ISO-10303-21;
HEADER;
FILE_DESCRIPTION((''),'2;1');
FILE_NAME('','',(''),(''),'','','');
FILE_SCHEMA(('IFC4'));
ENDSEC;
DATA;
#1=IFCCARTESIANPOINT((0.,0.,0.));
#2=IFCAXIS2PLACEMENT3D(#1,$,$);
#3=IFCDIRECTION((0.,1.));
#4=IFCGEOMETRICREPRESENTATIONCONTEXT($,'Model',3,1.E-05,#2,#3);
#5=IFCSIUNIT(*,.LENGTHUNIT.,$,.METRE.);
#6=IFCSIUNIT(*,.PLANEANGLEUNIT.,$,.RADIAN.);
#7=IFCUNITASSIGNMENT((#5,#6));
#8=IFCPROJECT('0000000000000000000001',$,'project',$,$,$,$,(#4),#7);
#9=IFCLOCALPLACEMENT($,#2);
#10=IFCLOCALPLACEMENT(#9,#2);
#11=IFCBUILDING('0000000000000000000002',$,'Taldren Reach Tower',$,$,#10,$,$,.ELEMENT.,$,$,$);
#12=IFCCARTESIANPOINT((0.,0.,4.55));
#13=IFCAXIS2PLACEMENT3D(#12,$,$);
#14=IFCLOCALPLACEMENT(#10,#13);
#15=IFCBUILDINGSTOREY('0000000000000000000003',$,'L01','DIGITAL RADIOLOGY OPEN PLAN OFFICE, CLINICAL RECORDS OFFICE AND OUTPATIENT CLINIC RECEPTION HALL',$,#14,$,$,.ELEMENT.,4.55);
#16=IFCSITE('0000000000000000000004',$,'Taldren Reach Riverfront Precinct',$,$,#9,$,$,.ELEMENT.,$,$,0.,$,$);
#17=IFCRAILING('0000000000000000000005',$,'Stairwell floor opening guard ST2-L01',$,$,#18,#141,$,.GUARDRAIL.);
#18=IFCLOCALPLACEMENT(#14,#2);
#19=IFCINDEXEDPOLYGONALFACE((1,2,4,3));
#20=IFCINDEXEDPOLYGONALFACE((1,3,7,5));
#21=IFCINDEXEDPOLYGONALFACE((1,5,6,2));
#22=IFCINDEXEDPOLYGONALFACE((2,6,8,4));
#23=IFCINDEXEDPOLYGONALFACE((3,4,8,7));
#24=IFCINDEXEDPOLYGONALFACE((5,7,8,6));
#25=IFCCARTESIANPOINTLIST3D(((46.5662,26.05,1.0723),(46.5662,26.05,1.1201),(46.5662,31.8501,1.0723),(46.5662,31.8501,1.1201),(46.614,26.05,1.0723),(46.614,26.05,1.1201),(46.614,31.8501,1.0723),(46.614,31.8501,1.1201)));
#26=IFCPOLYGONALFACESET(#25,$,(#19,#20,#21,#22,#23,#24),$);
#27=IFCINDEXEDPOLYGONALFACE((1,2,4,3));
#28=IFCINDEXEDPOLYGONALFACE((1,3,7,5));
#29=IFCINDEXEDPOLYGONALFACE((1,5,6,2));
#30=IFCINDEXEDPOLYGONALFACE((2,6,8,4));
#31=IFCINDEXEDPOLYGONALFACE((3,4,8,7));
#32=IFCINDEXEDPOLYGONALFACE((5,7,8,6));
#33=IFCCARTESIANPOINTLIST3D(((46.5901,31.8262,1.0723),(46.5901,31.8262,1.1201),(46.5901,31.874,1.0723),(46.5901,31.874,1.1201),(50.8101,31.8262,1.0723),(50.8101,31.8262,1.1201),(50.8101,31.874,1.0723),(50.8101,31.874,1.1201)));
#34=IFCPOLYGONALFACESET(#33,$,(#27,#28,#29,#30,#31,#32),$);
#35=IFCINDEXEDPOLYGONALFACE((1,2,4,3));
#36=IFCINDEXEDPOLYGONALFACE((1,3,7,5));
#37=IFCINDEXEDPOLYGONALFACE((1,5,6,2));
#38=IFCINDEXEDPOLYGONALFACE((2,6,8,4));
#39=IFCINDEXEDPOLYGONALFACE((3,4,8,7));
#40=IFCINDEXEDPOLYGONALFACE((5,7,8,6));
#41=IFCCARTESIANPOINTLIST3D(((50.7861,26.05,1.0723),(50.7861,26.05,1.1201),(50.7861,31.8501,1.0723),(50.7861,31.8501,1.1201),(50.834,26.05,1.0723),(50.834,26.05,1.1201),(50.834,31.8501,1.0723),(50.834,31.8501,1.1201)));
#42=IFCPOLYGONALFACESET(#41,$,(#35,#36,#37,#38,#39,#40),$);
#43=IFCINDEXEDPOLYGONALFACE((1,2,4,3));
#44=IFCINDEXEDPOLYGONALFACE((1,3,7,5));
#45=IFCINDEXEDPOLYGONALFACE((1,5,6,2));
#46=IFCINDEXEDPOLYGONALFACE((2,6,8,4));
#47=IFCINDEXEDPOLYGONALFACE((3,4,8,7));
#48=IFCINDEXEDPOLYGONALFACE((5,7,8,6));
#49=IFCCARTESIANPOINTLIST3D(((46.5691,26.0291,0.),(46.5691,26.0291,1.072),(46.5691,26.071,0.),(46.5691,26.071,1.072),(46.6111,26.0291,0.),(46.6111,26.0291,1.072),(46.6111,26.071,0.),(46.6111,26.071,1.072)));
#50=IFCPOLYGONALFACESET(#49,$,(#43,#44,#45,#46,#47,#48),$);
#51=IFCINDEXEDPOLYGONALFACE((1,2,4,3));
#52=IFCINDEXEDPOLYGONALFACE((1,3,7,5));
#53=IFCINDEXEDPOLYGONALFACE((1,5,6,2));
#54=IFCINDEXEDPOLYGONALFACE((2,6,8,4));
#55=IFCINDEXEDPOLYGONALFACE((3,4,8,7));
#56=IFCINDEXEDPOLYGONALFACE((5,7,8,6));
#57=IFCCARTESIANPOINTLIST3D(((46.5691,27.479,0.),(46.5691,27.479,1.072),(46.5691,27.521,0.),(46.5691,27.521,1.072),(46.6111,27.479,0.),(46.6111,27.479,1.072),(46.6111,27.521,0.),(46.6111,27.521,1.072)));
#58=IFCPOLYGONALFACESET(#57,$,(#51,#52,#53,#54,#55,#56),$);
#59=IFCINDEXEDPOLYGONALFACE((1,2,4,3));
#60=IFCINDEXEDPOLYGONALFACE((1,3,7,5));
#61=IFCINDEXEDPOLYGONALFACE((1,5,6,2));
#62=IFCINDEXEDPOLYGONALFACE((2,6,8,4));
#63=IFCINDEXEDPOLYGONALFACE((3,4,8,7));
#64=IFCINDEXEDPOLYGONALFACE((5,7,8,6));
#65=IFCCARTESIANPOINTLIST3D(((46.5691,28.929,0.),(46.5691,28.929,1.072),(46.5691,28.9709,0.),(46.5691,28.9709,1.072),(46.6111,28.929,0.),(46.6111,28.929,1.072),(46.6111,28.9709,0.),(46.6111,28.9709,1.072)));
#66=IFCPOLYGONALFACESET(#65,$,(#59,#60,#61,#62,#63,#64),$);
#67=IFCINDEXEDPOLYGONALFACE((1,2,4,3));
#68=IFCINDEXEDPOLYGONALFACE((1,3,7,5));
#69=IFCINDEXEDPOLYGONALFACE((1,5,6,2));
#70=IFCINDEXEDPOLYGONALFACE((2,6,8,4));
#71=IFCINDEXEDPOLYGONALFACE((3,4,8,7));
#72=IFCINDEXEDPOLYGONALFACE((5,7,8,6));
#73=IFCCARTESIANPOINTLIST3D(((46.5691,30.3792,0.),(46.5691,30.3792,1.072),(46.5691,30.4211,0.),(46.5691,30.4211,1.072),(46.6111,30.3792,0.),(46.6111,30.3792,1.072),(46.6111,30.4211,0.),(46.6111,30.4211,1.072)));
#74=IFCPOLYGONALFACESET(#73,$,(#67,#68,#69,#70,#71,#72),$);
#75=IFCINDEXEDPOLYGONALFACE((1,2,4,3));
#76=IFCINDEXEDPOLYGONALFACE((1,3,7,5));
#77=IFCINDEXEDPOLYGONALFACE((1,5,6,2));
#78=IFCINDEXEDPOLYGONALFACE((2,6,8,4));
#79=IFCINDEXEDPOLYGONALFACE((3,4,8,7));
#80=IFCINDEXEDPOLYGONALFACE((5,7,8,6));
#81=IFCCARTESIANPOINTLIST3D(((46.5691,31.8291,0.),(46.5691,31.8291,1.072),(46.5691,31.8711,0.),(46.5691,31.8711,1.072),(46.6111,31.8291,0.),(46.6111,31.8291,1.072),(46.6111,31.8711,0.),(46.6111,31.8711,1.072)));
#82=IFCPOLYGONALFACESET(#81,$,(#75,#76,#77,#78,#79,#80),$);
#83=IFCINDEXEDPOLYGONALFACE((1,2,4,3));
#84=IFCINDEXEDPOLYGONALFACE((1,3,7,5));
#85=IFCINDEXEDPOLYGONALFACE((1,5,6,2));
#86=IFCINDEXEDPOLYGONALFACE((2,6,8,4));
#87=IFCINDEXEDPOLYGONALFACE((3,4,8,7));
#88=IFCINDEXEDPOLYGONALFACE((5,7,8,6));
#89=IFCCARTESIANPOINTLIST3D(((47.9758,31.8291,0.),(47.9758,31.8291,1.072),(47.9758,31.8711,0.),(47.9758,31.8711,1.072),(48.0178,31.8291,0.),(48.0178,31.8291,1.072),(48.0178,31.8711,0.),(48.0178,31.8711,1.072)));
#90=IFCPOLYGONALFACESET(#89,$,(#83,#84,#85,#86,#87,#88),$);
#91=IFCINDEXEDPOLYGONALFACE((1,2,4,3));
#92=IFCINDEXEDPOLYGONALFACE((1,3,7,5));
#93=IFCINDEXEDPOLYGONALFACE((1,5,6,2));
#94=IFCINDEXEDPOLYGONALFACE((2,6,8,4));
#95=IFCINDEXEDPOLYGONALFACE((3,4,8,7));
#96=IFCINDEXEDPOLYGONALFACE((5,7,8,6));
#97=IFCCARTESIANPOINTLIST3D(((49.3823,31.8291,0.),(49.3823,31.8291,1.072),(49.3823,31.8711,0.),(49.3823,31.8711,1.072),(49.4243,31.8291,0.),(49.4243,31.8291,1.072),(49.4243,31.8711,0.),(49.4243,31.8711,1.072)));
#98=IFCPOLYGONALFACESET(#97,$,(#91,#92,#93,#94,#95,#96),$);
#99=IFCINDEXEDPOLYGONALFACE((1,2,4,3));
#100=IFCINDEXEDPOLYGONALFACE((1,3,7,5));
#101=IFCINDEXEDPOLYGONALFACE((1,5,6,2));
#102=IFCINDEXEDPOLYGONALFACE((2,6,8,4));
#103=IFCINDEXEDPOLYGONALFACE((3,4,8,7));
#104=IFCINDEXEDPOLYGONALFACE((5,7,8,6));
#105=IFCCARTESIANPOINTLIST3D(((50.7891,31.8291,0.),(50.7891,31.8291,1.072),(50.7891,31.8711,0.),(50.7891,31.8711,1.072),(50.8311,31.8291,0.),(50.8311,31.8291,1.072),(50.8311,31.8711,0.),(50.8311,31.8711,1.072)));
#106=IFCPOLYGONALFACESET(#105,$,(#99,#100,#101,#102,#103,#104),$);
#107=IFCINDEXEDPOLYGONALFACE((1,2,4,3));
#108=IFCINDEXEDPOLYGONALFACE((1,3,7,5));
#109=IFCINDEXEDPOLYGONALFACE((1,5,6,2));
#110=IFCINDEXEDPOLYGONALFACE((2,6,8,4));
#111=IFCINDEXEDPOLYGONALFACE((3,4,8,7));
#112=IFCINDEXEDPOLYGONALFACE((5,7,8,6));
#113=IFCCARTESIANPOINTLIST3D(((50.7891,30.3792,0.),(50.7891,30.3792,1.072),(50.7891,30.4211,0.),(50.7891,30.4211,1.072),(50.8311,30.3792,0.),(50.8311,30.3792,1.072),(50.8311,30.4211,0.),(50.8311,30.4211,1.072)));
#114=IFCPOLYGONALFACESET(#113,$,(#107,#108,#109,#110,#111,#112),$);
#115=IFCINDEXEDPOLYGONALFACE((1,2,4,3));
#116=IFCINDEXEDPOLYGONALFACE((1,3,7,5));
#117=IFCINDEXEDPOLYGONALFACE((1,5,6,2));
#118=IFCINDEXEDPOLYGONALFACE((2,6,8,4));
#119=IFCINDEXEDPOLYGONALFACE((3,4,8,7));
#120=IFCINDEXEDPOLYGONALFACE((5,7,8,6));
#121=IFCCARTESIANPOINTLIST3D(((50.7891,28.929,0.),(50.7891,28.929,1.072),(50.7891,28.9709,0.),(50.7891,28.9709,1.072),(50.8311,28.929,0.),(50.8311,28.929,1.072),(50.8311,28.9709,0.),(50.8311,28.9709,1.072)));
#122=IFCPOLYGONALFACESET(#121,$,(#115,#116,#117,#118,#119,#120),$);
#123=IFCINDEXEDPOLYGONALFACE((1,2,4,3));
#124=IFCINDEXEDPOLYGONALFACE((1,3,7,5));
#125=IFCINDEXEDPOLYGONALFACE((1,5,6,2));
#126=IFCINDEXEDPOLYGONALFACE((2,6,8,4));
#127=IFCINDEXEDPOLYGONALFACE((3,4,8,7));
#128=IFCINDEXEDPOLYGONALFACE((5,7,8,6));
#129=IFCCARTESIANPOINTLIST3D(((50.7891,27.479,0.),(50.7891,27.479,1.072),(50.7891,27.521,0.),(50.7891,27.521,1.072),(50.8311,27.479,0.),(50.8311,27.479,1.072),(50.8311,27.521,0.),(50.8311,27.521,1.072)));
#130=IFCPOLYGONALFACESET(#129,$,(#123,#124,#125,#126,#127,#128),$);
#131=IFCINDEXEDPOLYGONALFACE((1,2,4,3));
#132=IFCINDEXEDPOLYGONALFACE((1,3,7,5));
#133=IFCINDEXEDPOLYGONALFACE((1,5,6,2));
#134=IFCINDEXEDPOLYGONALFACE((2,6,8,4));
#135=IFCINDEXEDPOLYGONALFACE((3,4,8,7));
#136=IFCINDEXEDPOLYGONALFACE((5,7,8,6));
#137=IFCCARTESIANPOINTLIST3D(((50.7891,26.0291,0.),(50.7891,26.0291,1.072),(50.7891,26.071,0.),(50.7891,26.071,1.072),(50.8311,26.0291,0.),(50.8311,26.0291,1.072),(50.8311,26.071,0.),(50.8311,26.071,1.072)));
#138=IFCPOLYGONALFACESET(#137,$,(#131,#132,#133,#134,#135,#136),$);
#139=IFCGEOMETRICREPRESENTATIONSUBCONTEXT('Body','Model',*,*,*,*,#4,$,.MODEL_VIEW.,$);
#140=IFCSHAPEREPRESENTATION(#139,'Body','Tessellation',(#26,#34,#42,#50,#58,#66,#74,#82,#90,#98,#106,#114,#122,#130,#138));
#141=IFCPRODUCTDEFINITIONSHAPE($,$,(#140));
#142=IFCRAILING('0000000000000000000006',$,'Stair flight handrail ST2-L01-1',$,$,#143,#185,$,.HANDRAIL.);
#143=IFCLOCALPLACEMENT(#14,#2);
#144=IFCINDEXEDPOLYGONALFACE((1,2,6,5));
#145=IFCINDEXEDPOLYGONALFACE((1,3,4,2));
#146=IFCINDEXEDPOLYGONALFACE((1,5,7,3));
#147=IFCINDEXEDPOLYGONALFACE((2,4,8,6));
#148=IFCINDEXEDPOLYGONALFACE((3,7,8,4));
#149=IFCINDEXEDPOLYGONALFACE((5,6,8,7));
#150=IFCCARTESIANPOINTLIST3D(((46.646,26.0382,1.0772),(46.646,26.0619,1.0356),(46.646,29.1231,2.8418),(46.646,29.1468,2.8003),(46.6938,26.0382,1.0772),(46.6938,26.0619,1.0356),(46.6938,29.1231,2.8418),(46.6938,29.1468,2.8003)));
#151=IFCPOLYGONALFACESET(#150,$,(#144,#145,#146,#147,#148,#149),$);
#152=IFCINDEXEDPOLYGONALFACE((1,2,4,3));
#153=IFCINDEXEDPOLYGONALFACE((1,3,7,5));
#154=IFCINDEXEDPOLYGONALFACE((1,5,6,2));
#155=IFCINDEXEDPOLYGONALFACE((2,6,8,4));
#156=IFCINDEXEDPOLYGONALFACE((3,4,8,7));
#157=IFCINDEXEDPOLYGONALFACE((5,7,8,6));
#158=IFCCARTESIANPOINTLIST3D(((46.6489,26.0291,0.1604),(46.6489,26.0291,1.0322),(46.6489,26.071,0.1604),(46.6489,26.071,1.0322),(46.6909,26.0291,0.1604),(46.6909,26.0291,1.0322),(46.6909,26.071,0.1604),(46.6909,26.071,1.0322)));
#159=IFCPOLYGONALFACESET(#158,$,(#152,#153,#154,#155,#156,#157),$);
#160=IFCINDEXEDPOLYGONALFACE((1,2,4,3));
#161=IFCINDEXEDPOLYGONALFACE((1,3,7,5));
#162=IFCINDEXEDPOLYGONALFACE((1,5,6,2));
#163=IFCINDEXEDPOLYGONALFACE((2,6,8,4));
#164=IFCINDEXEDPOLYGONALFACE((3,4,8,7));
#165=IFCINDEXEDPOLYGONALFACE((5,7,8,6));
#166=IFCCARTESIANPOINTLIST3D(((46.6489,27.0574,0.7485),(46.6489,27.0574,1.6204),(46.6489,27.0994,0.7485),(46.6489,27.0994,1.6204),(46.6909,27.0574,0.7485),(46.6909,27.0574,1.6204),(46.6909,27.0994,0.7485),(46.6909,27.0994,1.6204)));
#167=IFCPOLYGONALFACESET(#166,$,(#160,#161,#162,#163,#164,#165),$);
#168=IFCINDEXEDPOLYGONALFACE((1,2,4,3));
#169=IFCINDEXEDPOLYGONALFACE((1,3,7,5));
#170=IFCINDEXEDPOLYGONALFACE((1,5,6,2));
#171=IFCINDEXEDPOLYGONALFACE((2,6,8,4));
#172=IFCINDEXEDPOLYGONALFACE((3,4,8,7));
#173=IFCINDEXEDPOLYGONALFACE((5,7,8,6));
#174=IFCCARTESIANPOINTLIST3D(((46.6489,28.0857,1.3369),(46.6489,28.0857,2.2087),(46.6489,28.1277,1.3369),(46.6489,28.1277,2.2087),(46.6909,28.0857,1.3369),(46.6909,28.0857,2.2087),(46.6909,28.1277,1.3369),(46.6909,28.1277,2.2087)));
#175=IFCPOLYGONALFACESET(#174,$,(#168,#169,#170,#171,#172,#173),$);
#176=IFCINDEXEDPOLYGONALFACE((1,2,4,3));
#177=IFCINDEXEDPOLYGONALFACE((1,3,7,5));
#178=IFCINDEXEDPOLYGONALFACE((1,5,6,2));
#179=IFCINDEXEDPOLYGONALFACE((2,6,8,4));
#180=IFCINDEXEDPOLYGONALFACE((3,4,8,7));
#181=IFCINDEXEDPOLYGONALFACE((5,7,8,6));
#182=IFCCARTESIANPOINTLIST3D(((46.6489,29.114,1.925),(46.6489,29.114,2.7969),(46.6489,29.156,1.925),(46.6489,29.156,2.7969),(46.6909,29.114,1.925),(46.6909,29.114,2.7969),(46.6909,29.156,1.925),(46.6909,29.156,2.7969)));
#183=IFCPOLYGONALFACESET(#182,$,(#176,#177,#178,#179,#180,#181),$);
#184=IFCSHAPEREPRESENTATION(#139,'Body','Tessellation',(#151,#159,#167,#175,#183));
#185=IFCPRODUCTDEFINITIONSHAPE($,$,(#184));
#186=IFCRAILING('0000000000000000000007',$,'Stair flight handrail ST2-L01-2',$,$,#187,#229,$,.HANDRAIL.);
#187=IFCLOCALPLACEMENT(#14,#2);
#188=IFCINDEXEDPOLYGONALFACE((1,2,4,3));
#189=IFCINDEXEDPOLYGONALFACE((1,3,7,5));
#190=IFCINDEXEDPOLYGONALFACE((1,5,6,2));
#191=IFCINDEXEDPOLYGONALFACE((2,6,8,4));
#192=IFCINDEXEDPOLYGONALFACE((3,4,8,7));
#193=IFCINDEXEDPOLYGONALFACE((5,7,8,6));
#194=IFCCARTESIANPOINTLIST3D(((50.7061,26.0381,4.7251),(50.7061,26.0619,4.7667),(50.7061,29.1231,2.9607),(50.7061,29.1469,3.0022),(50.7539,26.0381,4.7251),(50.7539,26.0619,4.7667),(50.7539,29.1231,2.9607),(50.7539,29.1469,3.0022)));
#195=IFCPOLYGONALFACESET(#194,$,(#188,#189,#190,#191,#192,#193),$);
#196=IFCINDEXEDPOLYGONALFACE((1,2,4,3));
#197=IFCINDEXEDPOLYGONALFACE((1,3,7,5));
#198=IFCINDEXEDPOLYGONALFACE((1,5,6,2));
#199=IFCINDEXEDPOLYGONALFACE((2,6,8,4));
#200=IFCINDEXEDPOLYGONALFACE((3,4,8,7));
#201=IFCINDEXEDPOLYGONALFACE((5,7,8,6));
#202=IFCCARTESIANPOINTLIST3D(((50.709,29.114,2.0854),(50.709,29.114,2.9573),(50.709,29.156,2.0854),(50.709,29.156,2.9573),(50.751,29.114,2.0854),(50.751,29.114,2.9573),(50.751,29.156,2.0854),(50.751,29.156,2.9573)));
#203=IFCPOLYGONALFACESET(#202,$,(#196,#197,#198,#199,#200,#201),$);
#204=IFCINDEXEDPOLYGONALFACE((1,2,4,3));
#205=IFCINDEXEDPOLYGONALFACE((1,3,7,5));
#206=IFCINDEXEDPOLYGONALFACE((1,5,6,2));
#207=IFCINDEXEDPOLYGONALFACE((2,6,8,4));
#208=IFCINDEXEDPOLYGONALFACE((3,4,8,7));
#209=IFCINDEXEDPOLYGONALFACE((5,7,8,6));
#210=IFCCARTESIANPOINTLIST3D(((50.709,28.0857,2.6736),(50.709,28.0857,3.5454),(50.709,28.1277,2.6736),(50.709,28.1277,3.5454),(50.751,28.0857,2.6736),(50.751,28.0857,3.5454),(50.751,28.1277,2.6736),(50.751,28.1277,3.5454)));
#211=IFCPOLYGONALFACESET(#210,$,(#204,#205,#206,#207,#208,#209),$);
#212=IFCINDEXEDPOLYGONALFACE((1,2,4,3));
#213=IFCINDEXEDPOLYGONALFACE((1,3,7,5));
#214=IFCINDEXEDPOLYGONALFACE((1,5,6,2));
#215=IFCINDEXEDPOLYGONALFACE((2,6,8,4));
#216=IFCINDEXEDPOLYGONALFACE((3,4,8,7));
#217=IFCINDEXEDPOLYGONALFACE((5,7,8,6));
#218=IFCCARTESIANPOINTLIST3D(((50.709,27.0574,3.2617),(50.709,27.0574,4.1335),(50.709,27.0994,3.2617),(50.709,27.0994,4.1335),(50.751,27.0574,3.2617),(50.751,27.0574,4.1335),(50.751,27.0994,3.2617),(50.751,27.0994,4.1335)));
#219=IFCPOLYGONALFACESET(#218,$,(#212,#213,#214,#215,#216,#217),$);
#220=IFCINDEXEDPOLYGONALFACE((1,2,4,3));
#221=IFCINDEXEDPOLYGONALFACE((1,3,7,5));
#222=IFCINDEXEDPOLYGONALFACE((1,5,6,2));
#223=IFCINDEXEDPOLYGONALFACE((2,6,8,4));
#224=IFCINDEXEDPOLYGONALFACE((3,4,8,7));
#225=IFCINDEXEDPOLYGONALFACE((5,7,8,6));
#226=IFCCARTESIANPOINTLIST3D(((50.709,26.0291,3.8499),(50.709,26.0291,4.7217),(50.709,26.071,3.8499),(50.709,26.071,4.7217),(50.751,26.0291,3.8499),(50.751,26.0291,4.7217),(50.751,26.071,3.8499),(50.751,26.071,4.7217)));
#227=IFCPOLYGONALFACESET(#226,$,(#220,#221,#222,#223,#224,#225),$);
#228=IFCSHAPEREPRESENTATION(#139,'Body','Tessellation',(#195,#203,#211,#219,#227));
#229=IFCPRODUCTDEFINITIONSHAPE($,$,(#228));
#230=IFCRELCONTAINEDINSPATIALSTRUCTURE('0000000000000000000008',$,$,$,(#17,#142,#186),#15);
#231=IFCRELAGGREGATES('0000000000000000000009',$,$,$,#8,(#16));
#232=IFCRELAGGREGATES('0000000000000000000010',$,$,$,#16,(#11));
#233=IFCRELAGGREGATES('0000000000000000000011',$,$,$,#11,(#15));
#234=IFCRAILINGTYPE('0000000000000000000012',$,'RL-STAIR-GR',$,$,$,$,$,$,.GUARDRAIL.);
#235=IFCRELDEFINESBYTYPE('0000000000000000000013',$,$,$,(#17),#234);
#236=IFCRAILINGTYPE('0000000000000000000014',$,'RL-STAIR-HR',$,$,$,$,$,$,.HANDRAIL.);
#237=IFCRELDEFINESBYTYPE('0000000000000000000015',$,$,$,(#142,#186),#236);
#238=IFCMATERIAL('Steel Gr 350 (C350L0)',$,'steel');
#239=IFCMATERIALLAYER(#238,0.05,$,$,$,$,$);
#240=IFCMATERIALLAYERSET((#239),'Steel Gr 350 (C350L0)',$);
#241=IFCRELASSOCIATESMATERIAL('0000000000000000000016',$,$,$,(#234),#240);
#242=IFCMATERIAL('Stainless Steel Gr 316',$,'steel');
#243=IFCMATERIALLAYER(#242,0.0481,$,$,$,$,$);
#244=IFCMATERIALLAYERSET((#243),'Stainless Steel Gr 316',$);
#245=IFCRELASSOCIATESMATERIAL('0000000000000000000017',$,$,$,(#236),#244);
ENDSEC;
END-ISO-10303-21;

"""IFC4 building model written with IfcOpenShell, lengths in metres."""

from ifc_helpers import new_model, si_unit, direction, frame, origin, origin_2d, place, context, subcontext, project, spatial, rectangle, extrude, material, layer, layer_set, type_object, element, save


model = new_model("IFC4")

# Units and contexts
model_context = context("Model", 3, precision=1e-05, world=origin(), true_north=direction((0.0, 1.0)))
body_context = subcontext(model_context, "Body", "Model", "MODEL_VIEW")
ifc_project = project(units=[si_unit("LENGTHUNIT", "METRE"), si_unit("PLANEANGLEUNIT", "RADIAN")], contexts=[model_context])

# Site, building, storey
site_placement = place(None, origin())
site = spatial("IfcSite", under=ifc_project, at=site_placement, Name="Taldren Reach Riverfront Precinct", CompositionType="ELEMENT", RefElevation=0.0)
building_placement = place(site_placement, origin())
building = spatial("IfcBuilding", under=site, at=building_placement, Name="Taldren Reach Tower", CompositionType="ELEMENT")
storey_placement = place(building_placement, frame((0.0, 0.0, 4.55)))
storey = spatial("IfcBuildingStorey", under=building, at=storey_placement, Name="L01", Description="DIGITAL RADIOLOGY OPEN PLAN OFFICE, CLINICAL RECORDS OFFICE AND OUTPATIENT CLINIC RECEPTION HALL", CompositionType="ELEMENT", Elevation=4.55)

# Shared definitions
ifc_material_1 = material(Name="Steel Gr 350 (C350L0)", Category="steel")

# Railings
ifc_layer_1 = layer(ifc_material_1, 0.05)
ifc_layer_set_1 = layer_set([ifc_layer_1], Name="Steel Gr 350 (C350L0)")
railing_type_1 = type_object("IfcRailingType", Name="RL-STAIR-GR", PredefinedType="GUARDRAIL", material=ifc_layer_set_1)
railing_1_placement = place(storey_placement, frame((46.5901, 26.05, 0.0)))
element("IfcRailing", 1, at=railing_1_placement, inside=storey, type_object=railing_type_1, Name="Stairwell floor opening guard ST2-L01", PredefinedType="GUARDRAIL", context=body_context, shape_type="SweptSolid", body=[
    extrude(rectangle(XDim=0.0479, YDim=0.0479, at=origin_2d()), frame((0.0, 0.0, 1.0962), z_axis=(0.0, 1.0, 0.0), x_axis=(-1.0, 0.0, 0.0)), (0.0, 0.0, 1.0), 5.8),
    extrude(rectangle(XDim=0.0479, YDim=0.0479, at=origin_2d()), frame((0.0, 5.8, 1.0962), z_axis=(1.0, 0.0, 0.0), x_axis=(0.0, 1.0, 0.0)), (0.0, 0.0, 1.0), 4.22),
    extrude(rectangle(XDim=0.0479, YDim=0.0479, at=origin_2d()), frame((4.22, 5.8, 1.0962), z_axis=(0.0, -1.0, 0.0), x_axis=(1.0, 0.0, 0.0)), (0.0, 0.0, 1.0), 5.8),
    extrude(rectangle(XDim=0.042, YDim=0.042, at=origin_2d()), origin(), (0.0, 0.0, 1.0), 1.072),
    extrude(rectangle(XDim=0.042, YDim=0.042, at=origin_2d()), frame((0.0, 1.45, 0.0)), (0.0, 0.0, 1.0), 1.072),
    extrude(rectangle(XDim=0.042, YDim=0.042, at=origin_2d()), frame((0.0, 2.8999, 0.0)), (0.0, 0.0, 1.0), 1.072),
    extrude(rectangle(XDim=0.042, YDim=0.042, at=origin_2d()), frame((0.0, 4.3501, 0.0)), (0.0, 0.0, 1.0), 1.072),
    extrude(rectangle(XDim=0.042, YDim=0.042, at=origin_2d()), frame((0.0, 5.8, 0.0)), (0.0, 0.0, 1.0), 1.072),
    extrude(rectangle(XDim=0.042, YDim=0.042, at=origin_2d()), frame((1.4067, 5.8, 0.0)), (0.0, 0.0, 1.0), 1.072),
    extrude(rectangle(XDim=0.042, YDim=0.042, at=origin_2d()), frame((2.8132, 5.8, 0.0)), (0.0, 0.0, 1.0), 1.072),
    extrude(rectangle(XDim=0.042, YDim=0.042, at=origin_2d()), frame((4.22, 5.8, 0.0)), (0.0, 0.0, 1.0), 1.072),
    extrude(rectangle(XDim=0.042, YDim=0.042, at=origin_2d()), frame((4.22, 4.3501, 0.0)), (0.0, 0.0, 1.0), 1.072),
    extrude(rectangle(XDim=0.042, YDim=0.042, at=origin_2d()), frame((4.22, 2.8999, 0.0)), (0.0, 0.0, 1.0), 1.072),
    extrude(rectangle(XDim=0.042, YDim=0.042, at=origin_2d()), frame((4.22, 1.45, 0.0)), (0.0, 0.0, 1.0), 1.072),
    extrude(rectangle(XDim=0.042, YDim=0.042, at=origin_2d()), frame((4.22, 0.0, 0.0)), (0.0, 0.0, 1.0), 1.072),
])
ifc_material_2 = material(Name="Stainless Steel Gr 316", Category="steel")
ifc_layer_2 = layer(ifc_material_2, 0.0481)
ifc_layer_set_2 = layer_set([ifc_layer_2], Name="Stainless Steel Gr 316")
railing_type_2 = type_object("IfcRailingType", Name="RL-STAIR-HR", PredefinedType="HANDRAIL", material=ifc_layer_set_2)
railing_2_placement = place(storey_placement, frame((46.6699, 26.05, 0.1604)))
element("IfcRailing", 2, at=railing_2_placement, inside=storey, type_object=railing_type_2, Name="Stair flight handrail ST2-L01-1", PredefinedType="HANDRAIL", context=body_context, shape_type="SweptSolid", body=[
    extrude(rectangle(XDim=0.0479, YDim=0.0479, at=origin_2d()), frame((0.0, 0.0, 0.896), z_axis=(0.0, 0.868023, 0.496524), x_axis=(-1.0, 0.0, 0.0)), (0.0, 0.0, 1.0), 3.554),
    extrude(rectangle(XDim=0.042, YDim=0.042, at=origin_2d()), origin(), (0.0, 0.0, 1.0), 0.8718),
    extrude(rectangle(XDim=0.042, YDim=0.042, at=origin_2d()), frame((0.0, 1.0283, 0.5881)), (0.0, 0.0, 1.0), 0.8718),
    extrude(rectangle(XDim=0.042, YDim=0.042, at=origin_2d()), frame((0.0, 2.0566, 1.1765)), (0.0, 0.0, 1.0), 0.8718),
    extrude(rectangle(XDim=0.042, YDim=0.042, at=origin_2d()), frame((0.0, 3.085, 1.7646)), (0.0, 0.0, 1.0), 0.8718),
])
railing_3_placement = place(storey_placement, frame((50.73, 29.135, 2.0854)))
element("IfcRailing", 3, at=railing_3_placement, inside=storey, type_object=railing_type_2, Name="Stair flight handrail ST2-L01-2", PredefinedType="HANDRAIL", context=body_context, shape_type="SweptSolid", body=[
    extrude(rectangle(XDim=0.0479, YDim=0.0479, at=origin_2d()), frame((0.0, 0.0, 0.896), z_axis=(0.0, -0.868053, 0.496472), x_axis=(1.0, 0.0, 0.0)), (0.0, 0.0, 1.0), 3.554),
    extrude(rectangle(XDim=0.042, YDim=0.042, at=origin_2d()), origin(), (0.0, 0.0, 1.0), 0.8718),
    extrude(rectangle(XDim=0.042, YDim=0.042, at=origin_2d()), frame((0.0, -1.0283, 0.5881)), (0.0, 0.0, 1.0), 0.8718),
    extrude(rectangle(XDim=0.042, YDim=0.042, at=origin_2d()), frame((0.0, -2.0566, 1.1763)), (0.0, 0.0, 1.0), 0.8718),
    extrude(rectangle(XDim=0.042, YDim=0.042, at=origin_2d()), frame((0.0, -3.085, 1.7644)), (0.0, 0.0, 1.0), 0.8718),
])

save(model, "model.ifc")
